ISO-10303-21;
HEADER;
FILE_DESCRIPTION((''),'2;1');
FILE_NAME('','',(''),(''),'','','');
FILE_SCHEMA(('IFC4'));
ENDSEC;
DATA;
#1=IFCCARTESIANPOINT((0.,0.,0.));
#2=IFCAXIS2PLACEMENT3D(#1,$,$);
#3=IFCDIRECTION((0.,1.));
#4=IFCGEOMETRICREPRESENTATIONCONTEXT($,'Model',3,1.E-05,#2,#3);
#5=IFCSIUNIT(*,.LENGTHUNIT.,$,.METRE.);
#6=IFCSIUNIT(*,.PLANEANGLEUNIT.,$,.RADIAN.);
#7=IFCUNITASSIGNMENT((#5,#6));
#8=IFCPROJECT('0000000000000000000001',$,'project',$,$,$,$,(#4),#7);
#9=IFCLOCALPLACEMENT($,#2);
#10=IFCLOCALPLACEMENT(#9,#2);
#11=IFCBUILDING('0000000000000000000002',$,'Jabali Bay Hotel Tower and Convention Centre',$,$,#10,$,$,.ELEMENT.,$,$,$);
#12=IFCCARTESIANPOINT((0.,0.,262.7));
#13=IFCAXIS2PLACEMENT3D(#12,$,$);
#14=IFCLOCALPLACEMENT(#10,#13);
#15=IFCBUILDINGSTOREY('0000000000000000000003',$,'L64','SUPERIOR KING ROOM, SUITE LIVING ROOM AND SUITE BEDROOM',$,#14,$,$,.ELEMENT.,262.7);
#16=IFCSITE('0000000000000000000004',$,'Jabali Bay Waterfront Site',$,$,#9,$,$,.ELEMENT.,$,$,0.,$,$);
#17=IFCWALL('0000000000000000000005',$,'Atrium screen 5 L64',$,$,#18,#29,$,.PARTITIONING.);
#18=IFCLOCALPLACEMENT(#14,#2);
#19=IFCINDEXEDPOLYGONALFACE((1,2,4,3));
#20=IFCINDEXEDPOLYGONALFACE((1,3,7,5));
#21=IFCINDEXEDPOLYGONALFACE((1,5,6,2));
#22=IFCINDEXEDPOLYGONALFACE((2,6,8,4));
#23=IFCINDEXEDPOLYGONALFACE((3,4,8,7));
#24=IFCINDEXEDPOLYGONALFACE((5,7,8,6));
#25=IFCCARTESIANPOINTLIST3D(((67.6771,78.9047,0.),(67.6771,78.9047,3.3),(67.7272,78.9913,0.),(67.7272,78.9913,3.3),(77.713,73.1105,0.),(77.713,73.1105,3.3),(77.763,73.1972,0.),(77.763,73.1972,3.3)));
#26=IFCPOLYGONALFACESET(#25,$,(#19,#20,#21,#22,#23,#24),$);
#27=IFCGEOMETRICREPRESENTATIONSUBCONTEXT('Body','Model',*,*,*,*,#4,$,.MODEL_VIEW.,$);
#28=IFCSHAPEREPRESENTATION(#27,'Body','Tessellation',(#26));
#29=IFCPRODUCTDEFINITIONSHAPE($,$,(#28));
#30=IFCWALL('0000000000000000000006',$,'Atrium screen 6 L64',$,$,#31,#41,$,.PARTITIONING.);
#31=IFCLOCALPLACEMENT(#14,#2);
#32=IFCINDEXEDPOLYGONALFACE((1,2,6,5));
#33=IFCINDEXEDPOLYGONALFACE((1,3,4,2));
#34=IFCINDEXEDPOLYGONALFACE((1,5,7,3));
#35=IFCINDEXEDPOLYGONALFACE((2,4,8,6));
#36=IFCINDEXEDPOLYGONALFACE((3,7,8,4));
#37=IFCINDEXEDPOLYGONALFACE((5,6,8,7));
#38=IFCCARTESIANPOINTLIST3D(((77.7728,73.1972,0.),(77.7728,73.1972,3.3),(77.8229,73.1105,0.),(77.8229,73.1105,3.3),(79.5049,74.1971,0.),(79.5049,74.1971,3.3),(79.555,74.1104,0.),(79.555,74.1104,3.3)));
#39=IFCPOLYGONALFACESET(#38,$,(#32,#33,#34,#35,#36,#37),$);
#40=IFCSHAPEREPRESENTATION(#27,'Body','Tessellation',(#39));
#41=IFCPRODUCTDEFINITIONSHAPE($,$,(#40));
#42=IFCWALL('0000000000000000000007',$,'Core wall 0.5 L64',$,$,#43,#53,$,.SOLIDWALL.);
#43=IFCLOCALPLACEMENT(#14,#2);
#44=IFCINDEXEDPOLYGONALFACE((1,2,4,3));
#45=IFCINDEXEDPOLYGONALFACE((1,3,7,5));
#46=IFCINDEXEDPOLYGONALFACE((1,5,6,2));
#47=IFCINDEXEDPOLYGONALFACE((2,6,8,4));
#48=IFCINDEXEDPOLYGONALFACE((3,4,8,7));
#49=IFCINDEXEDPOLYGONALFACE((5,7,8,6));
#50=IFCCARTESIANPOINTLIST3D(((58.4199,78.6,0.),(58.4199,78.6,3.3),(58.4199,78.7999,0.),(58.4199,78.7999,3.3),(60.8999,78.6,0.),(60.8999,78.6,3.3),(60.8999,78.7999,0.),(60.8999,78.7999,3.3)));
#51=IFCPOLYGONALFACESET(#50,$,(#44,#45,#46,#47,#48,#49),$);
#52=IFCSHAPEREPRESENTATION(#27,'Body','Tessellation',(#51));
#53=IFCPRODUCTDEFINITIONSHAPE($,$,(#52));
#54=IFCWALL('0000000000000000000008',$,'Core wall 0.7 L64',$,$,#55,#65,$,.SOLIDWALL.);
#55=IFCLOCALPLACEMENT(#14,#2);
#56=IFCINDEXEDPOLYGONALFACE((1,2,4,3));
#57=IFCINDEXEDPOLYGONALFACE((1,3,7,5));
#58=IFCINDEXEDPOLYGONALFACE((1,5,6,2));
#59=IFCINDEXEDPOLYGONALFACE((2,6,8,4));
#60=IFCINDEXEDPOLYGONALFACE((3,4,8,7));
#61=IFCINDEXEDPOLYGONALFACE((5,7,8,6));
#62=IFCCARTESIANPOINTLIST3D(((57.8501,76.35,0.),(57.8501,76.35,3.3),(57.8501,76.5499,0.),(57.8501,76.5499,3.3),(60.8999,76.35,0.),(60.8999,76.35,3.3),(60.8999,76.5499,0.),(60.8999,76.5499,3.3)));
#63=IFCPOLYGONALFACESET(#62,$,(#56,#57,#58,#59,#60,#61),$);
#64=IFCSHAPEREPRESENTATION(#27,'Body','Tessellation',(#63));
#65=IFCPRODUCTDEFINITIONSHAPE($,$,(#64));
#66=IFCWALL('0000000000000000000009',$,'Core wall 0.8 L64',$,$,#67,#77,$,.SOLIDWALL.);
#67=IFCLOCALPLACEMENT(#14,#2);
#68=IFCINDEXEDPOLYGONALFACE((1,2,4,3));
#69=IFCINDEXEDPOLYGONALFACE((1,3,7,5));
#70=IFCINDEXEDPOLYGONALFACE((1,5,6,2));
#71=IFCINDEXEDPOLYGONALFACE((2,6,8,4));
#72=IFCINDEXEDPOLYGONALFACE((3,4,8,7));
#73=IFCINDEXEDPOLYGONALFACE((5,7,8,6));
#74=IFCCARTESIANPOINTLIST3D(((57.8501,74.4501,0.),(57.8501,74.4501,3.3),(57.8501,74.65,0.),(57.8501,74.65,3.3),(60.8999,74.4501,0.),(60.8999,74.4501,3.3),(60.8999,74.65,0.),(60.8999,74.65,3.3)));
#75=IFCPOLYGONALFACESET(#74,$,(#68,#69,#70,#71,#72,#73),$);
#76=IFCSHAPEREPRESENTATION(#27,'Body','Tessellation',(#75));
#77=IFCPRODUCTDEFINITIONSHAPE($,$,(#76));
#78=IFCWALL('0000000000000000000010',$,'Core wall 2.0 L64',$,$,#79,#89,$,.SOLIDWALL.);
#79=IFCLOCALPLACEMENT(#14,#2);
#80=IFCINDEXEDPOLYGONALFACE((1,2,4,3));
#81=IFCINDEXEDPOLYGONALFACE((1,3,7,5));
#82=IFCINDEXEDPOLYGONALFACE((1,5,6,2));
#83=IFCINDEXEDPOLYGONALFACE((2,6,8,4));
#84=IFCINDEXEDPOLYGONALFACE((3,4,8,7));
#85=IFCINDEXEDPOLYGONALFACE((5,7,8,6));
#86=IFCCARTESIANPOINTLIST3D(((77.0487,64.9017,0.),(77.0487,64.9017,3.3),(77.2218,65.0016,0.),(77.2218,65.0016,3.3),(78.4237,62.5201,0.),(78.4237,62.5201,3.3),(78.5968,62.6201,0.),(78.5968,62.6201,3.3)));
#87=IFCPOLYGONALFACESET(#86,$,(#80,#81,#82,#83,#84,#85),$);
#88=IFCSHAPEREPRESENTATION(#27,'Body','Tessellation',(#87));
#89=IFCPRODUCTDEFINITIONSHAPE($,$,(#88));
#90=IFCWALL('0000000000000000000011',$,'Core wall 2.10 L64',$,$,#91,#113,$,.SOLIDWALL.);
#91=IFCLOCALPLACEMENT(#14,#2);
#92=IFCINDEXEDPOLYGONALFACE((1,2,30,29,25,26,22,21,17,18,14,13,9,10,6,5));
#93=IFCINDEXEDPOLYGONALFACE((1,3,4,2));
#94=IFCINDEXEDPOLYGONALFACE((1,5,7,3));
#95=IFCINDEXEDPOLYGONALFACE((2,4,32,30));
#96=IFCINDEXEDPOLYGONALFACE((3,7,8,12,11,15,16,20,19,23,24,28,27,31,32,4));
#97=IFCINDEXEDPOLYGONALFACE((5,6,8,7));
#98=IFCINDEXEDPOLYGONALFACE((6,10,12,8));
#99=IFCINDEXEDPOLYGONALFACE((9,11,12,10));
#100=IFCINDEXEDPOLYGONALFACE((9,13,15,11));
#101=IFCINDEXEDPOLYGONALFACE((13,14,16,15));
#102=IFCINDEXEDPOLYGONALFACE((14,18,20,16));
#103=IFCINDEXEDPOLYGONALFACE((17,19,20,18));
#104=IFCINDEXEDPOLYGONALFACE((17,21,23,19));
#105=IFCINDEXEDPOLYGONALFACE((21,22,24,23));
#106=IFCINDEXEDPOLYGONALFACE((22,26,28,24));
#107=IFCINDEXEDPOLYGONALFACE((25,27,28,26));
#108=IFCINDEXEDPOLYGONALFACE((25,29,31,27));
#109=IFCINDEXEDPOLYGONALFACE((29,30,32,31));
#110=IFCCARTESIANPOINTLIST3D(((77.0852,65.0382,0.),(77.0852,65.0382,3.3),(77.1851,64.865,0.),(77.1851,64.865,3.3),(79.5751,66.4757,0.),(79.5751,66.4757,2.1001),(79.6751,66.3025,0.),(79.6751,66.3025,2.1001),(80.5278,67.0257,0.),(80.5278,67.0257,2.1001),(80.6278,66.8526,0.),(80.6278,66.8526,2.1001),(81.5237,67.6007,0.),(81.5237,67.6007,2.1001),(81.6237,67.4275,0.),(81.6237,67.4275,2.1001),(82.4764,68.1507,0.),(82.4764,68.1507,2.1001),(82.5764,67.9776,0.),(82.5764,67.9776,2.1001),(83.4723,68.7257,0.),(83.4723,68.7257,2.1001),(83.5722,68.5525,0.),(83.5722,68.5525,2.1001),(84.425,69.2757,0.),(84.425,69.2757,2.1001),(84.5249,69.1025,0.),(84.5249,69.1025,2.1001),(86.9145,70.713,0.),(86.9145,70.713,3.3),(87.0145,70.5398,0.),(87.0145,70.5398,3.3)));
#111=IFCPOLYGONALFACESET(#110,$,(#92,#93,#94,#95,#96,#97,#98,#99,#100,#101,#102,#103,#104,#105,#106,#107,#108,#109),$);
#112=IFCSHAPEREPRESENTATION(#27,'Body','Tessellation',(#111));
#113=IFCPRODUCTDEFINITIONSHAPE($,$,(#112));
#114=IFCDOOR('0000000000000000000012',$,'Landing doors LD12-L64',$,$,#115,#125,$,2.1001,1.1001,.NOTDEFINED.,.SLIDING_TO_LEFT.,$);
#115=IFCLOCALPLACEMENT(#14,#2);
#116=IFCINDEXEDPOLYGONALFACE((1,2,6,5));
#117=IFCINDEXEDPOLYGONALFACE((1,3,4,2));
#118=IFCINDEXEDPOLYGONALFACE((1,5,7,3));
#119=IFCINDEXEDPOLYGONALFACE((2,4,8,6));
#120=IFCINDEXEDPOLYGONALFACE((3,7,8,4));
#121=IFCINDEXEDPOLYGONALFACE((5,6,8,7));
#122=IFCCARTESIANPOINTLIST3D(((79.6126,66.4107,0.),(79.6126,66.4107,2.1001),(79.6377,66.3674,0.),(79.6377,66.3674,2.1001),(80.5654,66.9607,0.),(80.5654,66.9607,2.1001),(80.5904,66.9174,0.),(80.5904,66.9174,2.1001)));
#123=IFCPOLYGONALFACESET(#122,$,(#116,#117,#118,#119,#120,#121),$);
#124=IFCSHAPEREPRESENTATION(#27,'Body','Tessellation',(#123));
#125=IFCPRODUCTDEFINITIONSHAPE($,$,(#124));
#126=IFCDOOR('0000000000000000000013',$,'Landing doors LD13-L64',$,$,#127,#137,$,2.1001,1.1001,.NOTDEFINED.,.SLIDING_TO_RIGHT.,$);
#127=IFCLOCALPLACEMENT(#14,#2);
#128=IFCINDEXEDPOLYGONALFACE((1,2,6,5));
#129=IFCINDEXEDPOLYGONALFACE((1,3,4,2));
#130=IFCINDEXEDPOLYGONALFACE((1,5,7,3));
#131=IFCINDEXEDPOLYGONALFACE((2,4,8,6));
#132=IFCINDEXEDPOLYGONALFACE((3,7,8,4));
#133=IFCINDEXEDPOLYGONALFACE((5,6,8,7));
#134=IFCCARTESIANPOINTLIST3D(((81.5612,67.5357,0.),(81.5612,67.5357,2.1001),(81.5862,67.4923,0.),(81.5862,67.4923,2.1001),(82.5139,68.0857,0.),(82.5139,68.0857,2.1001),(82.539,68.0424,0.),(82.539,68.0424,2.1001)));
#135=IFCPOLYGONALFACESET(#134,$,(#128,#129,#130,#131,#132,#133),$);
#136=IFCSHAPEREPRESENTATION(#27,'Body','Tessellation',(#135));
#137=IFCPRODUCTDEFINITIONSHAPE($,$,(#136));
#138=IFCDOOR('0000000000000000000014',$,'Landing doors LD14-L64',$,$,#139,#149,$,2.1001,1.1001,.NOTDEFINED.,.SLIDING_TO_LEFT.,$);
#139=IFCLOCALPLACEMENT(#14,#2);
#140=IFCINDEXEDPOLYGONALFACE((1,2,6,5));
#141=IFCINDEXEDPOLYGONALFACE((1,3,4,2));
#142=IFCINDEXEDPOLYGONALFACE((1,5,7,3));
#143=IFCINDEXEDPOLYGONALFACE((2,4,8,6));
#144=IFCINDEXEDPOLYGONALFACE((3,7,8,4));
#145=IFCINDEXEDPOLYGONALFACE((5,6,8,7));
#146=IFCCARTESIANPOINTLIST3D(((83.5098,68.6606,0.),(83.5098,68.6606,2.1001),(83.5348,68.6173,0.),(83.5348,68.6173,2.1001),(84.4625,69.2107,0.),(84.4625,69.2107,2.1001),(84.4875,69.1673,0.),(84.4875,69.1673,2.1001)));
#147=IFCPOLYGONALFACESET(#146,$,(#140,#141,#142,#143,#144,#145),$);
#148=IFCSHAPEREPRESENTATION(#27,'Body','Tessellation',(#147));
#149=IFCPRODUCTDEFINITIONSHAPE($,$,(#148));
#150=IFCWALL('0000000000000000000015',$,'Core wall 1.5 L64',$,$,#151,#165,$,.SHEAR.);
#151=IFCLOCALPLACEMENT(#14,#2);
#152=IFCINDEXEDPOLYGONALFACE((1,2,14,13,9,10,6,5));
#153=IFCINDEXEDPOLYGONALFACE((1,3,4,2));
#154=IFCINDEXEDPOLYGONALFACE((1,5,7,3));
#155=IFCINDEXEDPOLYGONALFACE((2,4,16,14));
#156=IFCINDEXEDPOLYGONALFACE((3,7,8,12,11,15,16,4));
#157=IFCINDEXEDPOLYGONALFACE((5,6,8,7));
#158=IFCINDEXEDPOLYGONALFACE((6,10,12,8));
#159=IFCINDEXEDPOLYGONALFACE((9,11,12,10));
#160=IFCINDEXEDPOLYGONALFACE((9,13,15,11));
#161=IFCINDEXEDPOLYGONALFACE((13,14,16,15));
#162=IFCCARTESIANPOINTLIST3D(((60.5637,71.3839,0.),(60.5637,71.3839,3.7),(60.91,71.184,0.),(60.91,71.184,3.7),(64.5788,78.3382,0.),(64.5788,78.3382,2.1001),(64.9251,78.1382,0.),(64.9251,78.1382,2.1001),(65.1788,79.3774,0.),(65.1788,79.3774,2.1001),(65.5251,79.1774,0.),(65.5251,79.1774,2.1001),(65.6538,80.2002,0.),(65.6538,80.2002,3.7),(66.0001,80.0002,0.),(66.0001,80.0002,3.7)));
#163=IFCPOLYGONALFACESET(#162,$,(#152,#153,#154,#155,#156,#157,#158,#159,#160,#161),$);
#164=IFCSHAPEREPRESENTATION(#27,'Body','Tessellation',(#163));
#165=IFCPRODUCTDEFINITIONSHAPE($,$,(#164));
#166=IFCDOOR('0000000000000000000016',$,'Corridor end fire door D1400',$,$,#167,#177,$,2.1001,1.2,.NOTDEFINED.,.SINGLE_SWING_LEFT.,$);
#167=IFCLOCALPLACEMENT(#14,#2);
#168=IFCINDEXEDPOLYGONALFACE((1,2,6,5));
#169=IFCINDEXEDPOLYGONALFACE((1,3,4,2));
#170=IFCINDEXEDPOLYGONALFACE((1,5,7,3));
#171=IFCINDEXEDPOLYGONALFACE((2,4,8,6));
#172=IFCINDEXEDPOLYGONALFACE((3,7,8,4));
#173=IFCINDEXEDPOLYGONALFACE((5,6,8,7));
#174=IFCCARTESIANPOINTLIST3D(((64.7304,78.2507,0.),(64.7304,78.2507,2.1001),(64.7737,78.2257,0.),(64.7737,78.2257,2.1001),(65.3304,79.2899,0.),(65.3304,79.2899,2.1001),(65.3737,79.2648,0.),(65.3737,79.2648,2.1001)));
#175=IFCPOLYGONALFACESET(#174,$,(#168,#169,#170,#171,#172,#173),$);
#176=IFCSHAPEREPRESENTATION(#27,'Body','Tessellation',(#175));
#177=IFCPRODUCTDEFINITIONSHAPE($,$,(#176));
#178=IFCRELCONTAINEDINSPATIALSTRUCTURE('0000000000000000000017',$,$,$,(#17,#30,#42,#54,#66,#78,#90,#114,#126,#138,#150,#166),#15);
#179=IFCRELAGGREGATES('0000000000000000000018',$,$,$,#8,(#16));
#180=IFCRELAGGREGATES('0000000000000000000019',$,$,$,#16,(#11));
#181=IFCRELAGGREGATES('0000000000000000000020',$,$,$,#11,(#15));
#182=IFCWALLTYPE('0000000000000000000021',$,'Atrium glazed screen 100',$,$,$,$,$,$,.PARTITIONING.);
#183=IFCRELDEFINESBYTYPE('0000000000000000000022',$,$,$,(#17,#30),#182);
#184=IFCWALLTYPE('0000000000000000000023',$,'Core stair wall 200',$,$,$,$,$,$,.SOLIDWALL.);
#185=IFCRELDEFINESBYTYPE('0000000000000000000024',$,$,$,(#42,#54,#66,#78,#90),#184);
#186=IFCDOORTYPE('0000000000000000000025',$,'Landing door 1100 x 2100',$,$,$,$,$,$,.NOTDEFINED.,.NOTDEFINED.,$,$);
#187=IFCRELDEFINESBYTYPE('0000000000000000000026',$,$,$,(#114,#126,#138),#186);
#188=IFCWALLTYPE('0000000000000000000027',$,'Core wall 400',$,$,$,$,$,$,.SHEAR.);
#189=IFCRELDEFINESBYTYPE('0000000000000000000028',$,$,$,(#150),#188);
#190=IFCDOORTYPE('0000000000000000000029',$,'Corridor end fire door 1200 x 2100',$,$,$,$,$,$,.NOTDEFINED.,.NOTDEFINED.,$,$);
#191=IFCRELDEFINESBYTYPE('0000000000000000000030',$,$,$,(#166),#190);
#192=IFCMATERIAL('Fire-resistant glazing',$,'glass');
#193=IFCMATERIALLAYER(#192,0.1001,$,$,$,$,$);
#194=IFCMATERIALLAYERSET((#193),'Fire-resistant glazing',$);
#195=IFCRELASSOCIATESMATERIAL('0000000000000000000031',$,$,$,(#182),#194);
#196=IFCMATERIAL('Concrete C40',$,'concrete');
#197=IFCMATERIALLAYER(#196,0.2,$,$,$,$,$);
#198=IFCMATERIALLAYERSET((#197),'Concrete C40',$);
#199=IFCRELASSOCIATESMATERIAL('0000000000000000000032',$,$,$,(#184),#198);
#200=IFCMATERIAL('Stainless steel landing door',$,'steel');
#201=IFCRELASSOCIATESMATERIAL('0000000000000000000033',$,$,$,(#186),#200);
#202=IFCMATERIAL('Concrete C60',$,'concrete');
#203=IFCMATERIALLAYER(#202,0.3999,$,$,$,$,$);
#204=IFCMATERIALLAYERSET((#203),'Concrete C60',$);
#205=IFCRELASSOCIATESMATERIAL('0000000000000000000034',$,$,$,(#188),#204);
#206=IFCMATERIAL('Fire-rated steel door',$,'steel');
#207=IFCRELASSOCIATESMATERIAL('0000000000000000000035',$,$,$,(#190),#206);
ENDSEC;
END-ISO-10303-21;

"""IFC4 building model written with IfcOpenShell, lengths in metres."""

from ifc_helpers import new_model, si_unit, direction, frame, frame_2d, origin, place, context, subcontext, project, spatial, rectangle, extrude, material, layer, layer_set, type_object, element, fill, save


model = new_model("IFC4")

# Units and contexts
model_context = context("Model", 3, precision=1e-05, world=origin(), true_north=direction((0.0, 1.0)))
body_context = subcontext(model_context, "Body", "Model", "MODEL_VIEW")
ifc_project = project(units=[si_unit("LENGTHUNIT", "METRE"), si_unit("PLANEANGLEUNIT", "RADIAN")], contexts=[model_context])

# Site, building, storey
site_placement = place(None, origin())
site = spatial("IfcSite", under=ifc_project, at=site_placement, Name="Jabali Bay Waterfront Site", CompositionType="ELEMENT", RefElevation=0.0)
building_placement = place(site_placement, origin())
building = spatial("IfcBuilding", under=site, at=building_placement, Name="Jabali Bay Hotel Tower and Convention Centre", CompositionType="ELEMENT")
storey_placement = place(building_placement, frame((0.0, 0.0, 262.7)))
storey = spatial("IfcBuildingStorey", under=building, at=storey_placement, Name="L64", Description="SUPERIOR KING ROOM, SUITE LIVING ROOM AND SUITE BEDROOM", CompositionType="ELEMENT", Elevation=262.7)

# Walls
ifc_material_1 = material(Name="Fire-resistant glazing", Category="glass")
ifc_layer_1 = layer(ifc_material_1, 0.1001)
ifc_layer_set_1 = layer_set([ifc_layer_1], Name="Fire-resistant glazing")
wall_type_1 = type_object("IfcWallType", Name="Atrium glazed screen 100", PredefinedType="PARTITIONING", material=ifc_layer_set_1)
wall_1_placement = place(storey_placement, frame((67.7021, 78.948, 0.0), z_axis=(0.0, 0.0, 1.0), x_axis=(0.866027, -0.499998, 0.0)))
element("IfcWall", 1, at=wall_1_placement, inside=storey, type_object=wall_type_1, Name="Atrium screen 5 L64", PredefinedType="PARTITIONING", context=body_context, shape_type="SweptSolid", body=[
    extrude(rectangle(XDim=11.5884, YDim=0.1001, at=frame_2d((5.7942, 0.0))), origin(), (0.0, 0.0, 1.0), 3.3),
])
wall_2_placement = place(storey_placement, frame((77.7979, 73.1538, 0.0), z_axis=(0.0, 0.0, 1.0), x_axis=(0.866041, 0.499973, 0.0)))
element("IfcWall", 2, at=wall_2_placement, inside=storey, type_object=wall_type_1, Name="Atrium screen 6 L64", PredefinedType="PARTITIONING", context=body_context, shape_type="SweptSolid", body=[
    extrude(rectangle(XDim=2.0, YDim=0.1001, at=frame_2d((1.0, 0.0))), origin(), (0.0, 0.0, 1.0), 3.3),
])
ifc_material_2 = material(Name="Concrete C40", Category="concrete")
ifc_layer_2 = layer(ifc_material_2, 0.2)
ifc_layer_set_2 = layer_set([ifc_layer_2], Name="Concrete C40")
wall_type_2 = type_object("IfcWallType", Name="Core stair wall 200", PredefinedType="SOLIDWALL", material=ifc_layer_set_2)
wall_3_placement = place(storey_placement, frame((60.8999, 78.7, 0.0), z_axis=(0.0, 0.0, 1.0), x_axis=(-1.0, 0.0, 0.0)))
element("IfcWall", 3, at=wall_3_placement, inside=storey, type_object=wall_type_2, Name="Core wall 0.5 L64", PredefinedType="SOLIDWALL", context=body_context, shape_type="SweptSolid", body=[
    extrude(rectangle(XDim=2.48, YDim=0.2, at=frame_2d((1.24, 0.0))), origin(), (0.0, 0.0, 1.0), 3.3),
])
for number, where, z_axis, x_axis, name in (
    (4, (60.8999, 76.45, 0.0), (0.0, 0.0, 1.0), (-1.0, 0.0, 0.0), "Core wall 0.7 L64"),
    (5, (60.8999, 74.55, 0.0), (0.0, 0.0, 1.0), (-1.0, 0.0, 0.0), "Core wall 0.8 L64"),
):
    element("IfcWall", number, at=place(storey_placement, frame(where, z_axis=z_axis, x_axis=x_axis)), inside=storey, type_object=wall_type_2, Name=name, PredefinedType="SOLIDWALL", context=body_context, shape_type="SweptSolid", body=[
        extrude(rectangle(XDim=3.0498, YDim=0.2, at=frame_2d((1.5249, 0.0))), origin(), (0.0, 0.0, 1.0), 3.3),
    ])
wall_4_placement = place(storey_placement, frame((77.1353, 64.9517, 0.0), z_axis=(0.0, 0.0, 1.0), x_axis=(0.499997, -0.866027, 0.0)))
element("IfcWall", 6, at=wall_4_placement, inside=storey, type_object=wall_type_2, Name="Core wall 2.0 L64", PredefinedType="SOLIDWALL", context=body_context, shape_type="SweptSolid", body=[
    extrude(rectangle(XDim=2.75, YDim=0.2, at=frame_2d((1.375, 0.0))), origin(), (0.0, 0.0, 1.0), 3.3),
])

# Wall, openings, doors
wall_5_placement = place(storey_placement, frame((77.1353, 64.9517, 0.0), z_axis=(0.0, 0.0, 1.0), x_axis=(0.866032, 0.499989, 0.0)))
wall_5 = element("IfcWall", 7, at=wall_5_placement, inside=storey, type_object=wall_type_2, Name="Core wall 2.10 L64", PredefinedType="SOLIDWALL", context=body_context, shape_type="SweptSolid", body=[
    extrude(rectangle(XDim=11.3499, YDim=0.2, at=frame_2d((5.6748, 0.0))), origin(), (0.0, 0.0, 1.0), 3.3),
])
opening_1_placement = place(wall_5_placement, frame((2.875, 0.0, 0.0)))
opening_1 = element("IfcOpeningElement", 8, at=opening_1_placement, cuts=wall_5, PredefinedType="OPENING", context=body_context, shape_type="SweptSolid", body=[
    extrude(rectangle(XDim=1.1001, YDim=2.1001, at=frame_2d((0.55, 1.05))), frame((0.0, 0.1104, 0.0), z_axis=(0.0, -1.0, 0.0), x_axis=(1.0, 0.0, 0.0)), (0.0, 0.0, 1.0), 0.2209),
])
opening_2_placement = place(wall_5_placement, frame((5.125, 0.0, 0.0)))
opening_2 = element("IfcOpeningElement", 9, at=opening_2_placement, cuts=wall_5, PredefinedType="OPENING", context=body_context, shape_type="SweptSolid", body=[
    extrude(rectangle(XDim=1.1001, YDim=2.1001, at=frame_2d((0.55, 1.05))), frame((0.0, 0.1104, 0.0), z_axis=(0.0, -1.0, 0.0), x_axis=(1.0, 0.0, 0.0)), (0.0, 0.0, 1.0), 0.2209),
])
opening_3_placement = place(wall_5_placement, frame((7.375, 0.0, 0.0)))
opening_3 = element("IfcOpeningElement", 10, at=opening_3_placement, cuts=wall_5, PredefinedType="OPENING", context=body_context, shape_type="SweptSolid", body=[
    extrude(rectangle(XDim=1.1001, YDim=2.1001, at=frame_2d((0.55, 1.05))), frame((0.0, 0.1104, 0.0), z_axis=(0.0, -1.0, 0.0), x_axis=(1.0, 0.0, 0.0)), (0.0, 0.0, 1.0), 0.2209),
])
ifc_material_3 = material(Name="Stainless steel landing door", Category="steel")
door_type_1 = type_object("IfcDoorType", Name="Landing door 1100 x 2100", OperationType="NOTDEFINED", PredefinedType="NOTDEFINED", material=ifc_material_3)
door_1_placement = place(opening_1_placement, origin())
door_1 = element("IfcDoor", 11, at=door_1_placement, inside=storey, type_object=door_type_1, Name="Landing doors LD12-L64", OperationType="SLIDING_TO_LEFT", OverallHeight=2.1001, OverallWidth=1.1001, PredefinedType="NOTDEFINED", context=body_context, shape_type="SweptSolid", body=[
    extrude(rectangle(XDim=1.1001, YDim=2.1001, at=frame_2d((0.55, 1.05))), frame((0.0, 0.0249, 0.0), z_axis=(0.0, -1.0, 0.0), x_axis=(1.0, 0.0, 0.0)), (0.0, 0.0, 1.0), 0.05),
])
fill(opening_1, door_1)
door_2_placement = place(opening_2_placement, origin())
door_2 = element("IfcDoor", 12, at=door_2_placement, inside=storey, type_object=door_type_1, Name="Landing doors LD13-L64", OperationType="SLIDING_TO_RIGHT", OverallHeight=2.1001, OverallWidth=1.1001, PredefinedType="NOTDEFINED", context=body_context, shape_type="SweptSolid", body=[
    extrude(rectangle(XDim=1.1001, YDim=2.1001, at=frame_2d((0.55, 1.05))), frame((0.0, 0.0249, 0.0), z_axis=(0.0, -1.0, 0.0), x_axis=(1.0, 0.0, 0.0)), (0.0, 0.0, 1.0), 0.05),
])
fill(opening_2, door_2)
door_3_placement = place(opening_3_placement, origin())
door_3 = element("IfcDoor", 13, at=door_3_placement, inside=storey, type_object=door_type_1, Name="Landing doors LD14-L64", OperationType="SLIDING_TO_LEFT", OverallHeight=2.1001, OverallWidth=1.1001, PredefinedType="NOTDEFINED", context=body_context, shape_type="SweptSolid", body=[
    extrude(rectangle(XDim=1.1001, YDim=2.1001, at=frame_2d((0.55, 1.05))), frame((0.0, 0.0249, 0.0), z_axis=(0.0, -1.0, 0.0), x_axis=(1.0, 0.0, 0.0)), (0.0, 0.0, 1.0), 0.05),
])
fill(opening_3, door_3)

# Wall, opening, door
ifc_material_4 = material(Name="Concrete C60", Category="concrete")
ifc_layer_3 = layer(ifc_material_4, 0.3999)
ifc_layer_set_3 = layer_set([ifc_layer_3], Name="Concrete C60")
wall_type_3 = type_object("IfcWallType", Name="Core wall 400", PredefinedType="SHEAR", material=ifc_layer_set_3)
wall_6_placement = place(storey_placement, frame((60.7368, 71.2839, 0.0), z_axis=(0.0, 0.0, 1.0), x_axis=(0.500005, 0.866022, 0.0)))
wall_6 = element("IfcWall", 14, at=wall_6_placement, inside=storey, type_object=wall_type_3, Name="Core wall 1.5 L64", PredefinedType="SHEAR", context=body_context, shape_type="SweptSolid", body=[
    extrude(rectangle(XDim=10.1802, YDim=0.3999, at=frame_2d((5.0901, 0.0))), origin(), (0.0, 0.0, 1.0), 3.7),
])
opening_4_placement = place(wall_6_placement, frame((8.03, 0.0, 0.0)))
opening_4 = element("IfcOpeningElement", 15, at=opening_4_placement, cuts=wall_6, PredefinedType="OPENING", context=body_context, shape_type="SweptSolid", body=[
    extrude(rectangle(XDim=1.2, YDim=2.1001, at=frame_2d((0.6001, 1.05))), frame((0.0, 0.2104, 0.0), z_axis=(0.0, -1.0, 0.0), x_axis=(1.0, 0.0, 0.0)), (0.0, 0.0, 1.0), 0.4209),
])
ifc_material_5 = material(Name="Fire-rated steel door", Category="steel")
door_type_2 = type_object("IfcDoorType", Name="Corridor end fire door 1200 x 2100", OperationType="NOTDEFINED", PredefinedType="NOTDEFINED", material=ifc_material_5)
door_4_placement = place(opening_4_placement, origin())
door_4 = element("IfcDoor", 16, at=door_4_placement, inside=storey, type_object=door_type_2, Name="Corridor end fire door D1400", OperationType="SINGLE_SWING_LEFT", OverallHeight=2.1001, OverallWidth=1.2, PredefinedType="NOTDEFINED", context=body_context, shape_type="SweptSolid", body=[
    extrude(rectangle(XDim=1.2, YDim=2.1001, at=frame_2d((0.6001, 1.05))), frame((0.0, 0.0249, 0.0), z_axis=(0.0, -1.0, 0.0), x_axis=(1.0, 0.0, 0.0)), (0.0, 0.0, 1.0), 0.05),
])
fill(opening_4, door_4)

save(model, "model.ifc")
